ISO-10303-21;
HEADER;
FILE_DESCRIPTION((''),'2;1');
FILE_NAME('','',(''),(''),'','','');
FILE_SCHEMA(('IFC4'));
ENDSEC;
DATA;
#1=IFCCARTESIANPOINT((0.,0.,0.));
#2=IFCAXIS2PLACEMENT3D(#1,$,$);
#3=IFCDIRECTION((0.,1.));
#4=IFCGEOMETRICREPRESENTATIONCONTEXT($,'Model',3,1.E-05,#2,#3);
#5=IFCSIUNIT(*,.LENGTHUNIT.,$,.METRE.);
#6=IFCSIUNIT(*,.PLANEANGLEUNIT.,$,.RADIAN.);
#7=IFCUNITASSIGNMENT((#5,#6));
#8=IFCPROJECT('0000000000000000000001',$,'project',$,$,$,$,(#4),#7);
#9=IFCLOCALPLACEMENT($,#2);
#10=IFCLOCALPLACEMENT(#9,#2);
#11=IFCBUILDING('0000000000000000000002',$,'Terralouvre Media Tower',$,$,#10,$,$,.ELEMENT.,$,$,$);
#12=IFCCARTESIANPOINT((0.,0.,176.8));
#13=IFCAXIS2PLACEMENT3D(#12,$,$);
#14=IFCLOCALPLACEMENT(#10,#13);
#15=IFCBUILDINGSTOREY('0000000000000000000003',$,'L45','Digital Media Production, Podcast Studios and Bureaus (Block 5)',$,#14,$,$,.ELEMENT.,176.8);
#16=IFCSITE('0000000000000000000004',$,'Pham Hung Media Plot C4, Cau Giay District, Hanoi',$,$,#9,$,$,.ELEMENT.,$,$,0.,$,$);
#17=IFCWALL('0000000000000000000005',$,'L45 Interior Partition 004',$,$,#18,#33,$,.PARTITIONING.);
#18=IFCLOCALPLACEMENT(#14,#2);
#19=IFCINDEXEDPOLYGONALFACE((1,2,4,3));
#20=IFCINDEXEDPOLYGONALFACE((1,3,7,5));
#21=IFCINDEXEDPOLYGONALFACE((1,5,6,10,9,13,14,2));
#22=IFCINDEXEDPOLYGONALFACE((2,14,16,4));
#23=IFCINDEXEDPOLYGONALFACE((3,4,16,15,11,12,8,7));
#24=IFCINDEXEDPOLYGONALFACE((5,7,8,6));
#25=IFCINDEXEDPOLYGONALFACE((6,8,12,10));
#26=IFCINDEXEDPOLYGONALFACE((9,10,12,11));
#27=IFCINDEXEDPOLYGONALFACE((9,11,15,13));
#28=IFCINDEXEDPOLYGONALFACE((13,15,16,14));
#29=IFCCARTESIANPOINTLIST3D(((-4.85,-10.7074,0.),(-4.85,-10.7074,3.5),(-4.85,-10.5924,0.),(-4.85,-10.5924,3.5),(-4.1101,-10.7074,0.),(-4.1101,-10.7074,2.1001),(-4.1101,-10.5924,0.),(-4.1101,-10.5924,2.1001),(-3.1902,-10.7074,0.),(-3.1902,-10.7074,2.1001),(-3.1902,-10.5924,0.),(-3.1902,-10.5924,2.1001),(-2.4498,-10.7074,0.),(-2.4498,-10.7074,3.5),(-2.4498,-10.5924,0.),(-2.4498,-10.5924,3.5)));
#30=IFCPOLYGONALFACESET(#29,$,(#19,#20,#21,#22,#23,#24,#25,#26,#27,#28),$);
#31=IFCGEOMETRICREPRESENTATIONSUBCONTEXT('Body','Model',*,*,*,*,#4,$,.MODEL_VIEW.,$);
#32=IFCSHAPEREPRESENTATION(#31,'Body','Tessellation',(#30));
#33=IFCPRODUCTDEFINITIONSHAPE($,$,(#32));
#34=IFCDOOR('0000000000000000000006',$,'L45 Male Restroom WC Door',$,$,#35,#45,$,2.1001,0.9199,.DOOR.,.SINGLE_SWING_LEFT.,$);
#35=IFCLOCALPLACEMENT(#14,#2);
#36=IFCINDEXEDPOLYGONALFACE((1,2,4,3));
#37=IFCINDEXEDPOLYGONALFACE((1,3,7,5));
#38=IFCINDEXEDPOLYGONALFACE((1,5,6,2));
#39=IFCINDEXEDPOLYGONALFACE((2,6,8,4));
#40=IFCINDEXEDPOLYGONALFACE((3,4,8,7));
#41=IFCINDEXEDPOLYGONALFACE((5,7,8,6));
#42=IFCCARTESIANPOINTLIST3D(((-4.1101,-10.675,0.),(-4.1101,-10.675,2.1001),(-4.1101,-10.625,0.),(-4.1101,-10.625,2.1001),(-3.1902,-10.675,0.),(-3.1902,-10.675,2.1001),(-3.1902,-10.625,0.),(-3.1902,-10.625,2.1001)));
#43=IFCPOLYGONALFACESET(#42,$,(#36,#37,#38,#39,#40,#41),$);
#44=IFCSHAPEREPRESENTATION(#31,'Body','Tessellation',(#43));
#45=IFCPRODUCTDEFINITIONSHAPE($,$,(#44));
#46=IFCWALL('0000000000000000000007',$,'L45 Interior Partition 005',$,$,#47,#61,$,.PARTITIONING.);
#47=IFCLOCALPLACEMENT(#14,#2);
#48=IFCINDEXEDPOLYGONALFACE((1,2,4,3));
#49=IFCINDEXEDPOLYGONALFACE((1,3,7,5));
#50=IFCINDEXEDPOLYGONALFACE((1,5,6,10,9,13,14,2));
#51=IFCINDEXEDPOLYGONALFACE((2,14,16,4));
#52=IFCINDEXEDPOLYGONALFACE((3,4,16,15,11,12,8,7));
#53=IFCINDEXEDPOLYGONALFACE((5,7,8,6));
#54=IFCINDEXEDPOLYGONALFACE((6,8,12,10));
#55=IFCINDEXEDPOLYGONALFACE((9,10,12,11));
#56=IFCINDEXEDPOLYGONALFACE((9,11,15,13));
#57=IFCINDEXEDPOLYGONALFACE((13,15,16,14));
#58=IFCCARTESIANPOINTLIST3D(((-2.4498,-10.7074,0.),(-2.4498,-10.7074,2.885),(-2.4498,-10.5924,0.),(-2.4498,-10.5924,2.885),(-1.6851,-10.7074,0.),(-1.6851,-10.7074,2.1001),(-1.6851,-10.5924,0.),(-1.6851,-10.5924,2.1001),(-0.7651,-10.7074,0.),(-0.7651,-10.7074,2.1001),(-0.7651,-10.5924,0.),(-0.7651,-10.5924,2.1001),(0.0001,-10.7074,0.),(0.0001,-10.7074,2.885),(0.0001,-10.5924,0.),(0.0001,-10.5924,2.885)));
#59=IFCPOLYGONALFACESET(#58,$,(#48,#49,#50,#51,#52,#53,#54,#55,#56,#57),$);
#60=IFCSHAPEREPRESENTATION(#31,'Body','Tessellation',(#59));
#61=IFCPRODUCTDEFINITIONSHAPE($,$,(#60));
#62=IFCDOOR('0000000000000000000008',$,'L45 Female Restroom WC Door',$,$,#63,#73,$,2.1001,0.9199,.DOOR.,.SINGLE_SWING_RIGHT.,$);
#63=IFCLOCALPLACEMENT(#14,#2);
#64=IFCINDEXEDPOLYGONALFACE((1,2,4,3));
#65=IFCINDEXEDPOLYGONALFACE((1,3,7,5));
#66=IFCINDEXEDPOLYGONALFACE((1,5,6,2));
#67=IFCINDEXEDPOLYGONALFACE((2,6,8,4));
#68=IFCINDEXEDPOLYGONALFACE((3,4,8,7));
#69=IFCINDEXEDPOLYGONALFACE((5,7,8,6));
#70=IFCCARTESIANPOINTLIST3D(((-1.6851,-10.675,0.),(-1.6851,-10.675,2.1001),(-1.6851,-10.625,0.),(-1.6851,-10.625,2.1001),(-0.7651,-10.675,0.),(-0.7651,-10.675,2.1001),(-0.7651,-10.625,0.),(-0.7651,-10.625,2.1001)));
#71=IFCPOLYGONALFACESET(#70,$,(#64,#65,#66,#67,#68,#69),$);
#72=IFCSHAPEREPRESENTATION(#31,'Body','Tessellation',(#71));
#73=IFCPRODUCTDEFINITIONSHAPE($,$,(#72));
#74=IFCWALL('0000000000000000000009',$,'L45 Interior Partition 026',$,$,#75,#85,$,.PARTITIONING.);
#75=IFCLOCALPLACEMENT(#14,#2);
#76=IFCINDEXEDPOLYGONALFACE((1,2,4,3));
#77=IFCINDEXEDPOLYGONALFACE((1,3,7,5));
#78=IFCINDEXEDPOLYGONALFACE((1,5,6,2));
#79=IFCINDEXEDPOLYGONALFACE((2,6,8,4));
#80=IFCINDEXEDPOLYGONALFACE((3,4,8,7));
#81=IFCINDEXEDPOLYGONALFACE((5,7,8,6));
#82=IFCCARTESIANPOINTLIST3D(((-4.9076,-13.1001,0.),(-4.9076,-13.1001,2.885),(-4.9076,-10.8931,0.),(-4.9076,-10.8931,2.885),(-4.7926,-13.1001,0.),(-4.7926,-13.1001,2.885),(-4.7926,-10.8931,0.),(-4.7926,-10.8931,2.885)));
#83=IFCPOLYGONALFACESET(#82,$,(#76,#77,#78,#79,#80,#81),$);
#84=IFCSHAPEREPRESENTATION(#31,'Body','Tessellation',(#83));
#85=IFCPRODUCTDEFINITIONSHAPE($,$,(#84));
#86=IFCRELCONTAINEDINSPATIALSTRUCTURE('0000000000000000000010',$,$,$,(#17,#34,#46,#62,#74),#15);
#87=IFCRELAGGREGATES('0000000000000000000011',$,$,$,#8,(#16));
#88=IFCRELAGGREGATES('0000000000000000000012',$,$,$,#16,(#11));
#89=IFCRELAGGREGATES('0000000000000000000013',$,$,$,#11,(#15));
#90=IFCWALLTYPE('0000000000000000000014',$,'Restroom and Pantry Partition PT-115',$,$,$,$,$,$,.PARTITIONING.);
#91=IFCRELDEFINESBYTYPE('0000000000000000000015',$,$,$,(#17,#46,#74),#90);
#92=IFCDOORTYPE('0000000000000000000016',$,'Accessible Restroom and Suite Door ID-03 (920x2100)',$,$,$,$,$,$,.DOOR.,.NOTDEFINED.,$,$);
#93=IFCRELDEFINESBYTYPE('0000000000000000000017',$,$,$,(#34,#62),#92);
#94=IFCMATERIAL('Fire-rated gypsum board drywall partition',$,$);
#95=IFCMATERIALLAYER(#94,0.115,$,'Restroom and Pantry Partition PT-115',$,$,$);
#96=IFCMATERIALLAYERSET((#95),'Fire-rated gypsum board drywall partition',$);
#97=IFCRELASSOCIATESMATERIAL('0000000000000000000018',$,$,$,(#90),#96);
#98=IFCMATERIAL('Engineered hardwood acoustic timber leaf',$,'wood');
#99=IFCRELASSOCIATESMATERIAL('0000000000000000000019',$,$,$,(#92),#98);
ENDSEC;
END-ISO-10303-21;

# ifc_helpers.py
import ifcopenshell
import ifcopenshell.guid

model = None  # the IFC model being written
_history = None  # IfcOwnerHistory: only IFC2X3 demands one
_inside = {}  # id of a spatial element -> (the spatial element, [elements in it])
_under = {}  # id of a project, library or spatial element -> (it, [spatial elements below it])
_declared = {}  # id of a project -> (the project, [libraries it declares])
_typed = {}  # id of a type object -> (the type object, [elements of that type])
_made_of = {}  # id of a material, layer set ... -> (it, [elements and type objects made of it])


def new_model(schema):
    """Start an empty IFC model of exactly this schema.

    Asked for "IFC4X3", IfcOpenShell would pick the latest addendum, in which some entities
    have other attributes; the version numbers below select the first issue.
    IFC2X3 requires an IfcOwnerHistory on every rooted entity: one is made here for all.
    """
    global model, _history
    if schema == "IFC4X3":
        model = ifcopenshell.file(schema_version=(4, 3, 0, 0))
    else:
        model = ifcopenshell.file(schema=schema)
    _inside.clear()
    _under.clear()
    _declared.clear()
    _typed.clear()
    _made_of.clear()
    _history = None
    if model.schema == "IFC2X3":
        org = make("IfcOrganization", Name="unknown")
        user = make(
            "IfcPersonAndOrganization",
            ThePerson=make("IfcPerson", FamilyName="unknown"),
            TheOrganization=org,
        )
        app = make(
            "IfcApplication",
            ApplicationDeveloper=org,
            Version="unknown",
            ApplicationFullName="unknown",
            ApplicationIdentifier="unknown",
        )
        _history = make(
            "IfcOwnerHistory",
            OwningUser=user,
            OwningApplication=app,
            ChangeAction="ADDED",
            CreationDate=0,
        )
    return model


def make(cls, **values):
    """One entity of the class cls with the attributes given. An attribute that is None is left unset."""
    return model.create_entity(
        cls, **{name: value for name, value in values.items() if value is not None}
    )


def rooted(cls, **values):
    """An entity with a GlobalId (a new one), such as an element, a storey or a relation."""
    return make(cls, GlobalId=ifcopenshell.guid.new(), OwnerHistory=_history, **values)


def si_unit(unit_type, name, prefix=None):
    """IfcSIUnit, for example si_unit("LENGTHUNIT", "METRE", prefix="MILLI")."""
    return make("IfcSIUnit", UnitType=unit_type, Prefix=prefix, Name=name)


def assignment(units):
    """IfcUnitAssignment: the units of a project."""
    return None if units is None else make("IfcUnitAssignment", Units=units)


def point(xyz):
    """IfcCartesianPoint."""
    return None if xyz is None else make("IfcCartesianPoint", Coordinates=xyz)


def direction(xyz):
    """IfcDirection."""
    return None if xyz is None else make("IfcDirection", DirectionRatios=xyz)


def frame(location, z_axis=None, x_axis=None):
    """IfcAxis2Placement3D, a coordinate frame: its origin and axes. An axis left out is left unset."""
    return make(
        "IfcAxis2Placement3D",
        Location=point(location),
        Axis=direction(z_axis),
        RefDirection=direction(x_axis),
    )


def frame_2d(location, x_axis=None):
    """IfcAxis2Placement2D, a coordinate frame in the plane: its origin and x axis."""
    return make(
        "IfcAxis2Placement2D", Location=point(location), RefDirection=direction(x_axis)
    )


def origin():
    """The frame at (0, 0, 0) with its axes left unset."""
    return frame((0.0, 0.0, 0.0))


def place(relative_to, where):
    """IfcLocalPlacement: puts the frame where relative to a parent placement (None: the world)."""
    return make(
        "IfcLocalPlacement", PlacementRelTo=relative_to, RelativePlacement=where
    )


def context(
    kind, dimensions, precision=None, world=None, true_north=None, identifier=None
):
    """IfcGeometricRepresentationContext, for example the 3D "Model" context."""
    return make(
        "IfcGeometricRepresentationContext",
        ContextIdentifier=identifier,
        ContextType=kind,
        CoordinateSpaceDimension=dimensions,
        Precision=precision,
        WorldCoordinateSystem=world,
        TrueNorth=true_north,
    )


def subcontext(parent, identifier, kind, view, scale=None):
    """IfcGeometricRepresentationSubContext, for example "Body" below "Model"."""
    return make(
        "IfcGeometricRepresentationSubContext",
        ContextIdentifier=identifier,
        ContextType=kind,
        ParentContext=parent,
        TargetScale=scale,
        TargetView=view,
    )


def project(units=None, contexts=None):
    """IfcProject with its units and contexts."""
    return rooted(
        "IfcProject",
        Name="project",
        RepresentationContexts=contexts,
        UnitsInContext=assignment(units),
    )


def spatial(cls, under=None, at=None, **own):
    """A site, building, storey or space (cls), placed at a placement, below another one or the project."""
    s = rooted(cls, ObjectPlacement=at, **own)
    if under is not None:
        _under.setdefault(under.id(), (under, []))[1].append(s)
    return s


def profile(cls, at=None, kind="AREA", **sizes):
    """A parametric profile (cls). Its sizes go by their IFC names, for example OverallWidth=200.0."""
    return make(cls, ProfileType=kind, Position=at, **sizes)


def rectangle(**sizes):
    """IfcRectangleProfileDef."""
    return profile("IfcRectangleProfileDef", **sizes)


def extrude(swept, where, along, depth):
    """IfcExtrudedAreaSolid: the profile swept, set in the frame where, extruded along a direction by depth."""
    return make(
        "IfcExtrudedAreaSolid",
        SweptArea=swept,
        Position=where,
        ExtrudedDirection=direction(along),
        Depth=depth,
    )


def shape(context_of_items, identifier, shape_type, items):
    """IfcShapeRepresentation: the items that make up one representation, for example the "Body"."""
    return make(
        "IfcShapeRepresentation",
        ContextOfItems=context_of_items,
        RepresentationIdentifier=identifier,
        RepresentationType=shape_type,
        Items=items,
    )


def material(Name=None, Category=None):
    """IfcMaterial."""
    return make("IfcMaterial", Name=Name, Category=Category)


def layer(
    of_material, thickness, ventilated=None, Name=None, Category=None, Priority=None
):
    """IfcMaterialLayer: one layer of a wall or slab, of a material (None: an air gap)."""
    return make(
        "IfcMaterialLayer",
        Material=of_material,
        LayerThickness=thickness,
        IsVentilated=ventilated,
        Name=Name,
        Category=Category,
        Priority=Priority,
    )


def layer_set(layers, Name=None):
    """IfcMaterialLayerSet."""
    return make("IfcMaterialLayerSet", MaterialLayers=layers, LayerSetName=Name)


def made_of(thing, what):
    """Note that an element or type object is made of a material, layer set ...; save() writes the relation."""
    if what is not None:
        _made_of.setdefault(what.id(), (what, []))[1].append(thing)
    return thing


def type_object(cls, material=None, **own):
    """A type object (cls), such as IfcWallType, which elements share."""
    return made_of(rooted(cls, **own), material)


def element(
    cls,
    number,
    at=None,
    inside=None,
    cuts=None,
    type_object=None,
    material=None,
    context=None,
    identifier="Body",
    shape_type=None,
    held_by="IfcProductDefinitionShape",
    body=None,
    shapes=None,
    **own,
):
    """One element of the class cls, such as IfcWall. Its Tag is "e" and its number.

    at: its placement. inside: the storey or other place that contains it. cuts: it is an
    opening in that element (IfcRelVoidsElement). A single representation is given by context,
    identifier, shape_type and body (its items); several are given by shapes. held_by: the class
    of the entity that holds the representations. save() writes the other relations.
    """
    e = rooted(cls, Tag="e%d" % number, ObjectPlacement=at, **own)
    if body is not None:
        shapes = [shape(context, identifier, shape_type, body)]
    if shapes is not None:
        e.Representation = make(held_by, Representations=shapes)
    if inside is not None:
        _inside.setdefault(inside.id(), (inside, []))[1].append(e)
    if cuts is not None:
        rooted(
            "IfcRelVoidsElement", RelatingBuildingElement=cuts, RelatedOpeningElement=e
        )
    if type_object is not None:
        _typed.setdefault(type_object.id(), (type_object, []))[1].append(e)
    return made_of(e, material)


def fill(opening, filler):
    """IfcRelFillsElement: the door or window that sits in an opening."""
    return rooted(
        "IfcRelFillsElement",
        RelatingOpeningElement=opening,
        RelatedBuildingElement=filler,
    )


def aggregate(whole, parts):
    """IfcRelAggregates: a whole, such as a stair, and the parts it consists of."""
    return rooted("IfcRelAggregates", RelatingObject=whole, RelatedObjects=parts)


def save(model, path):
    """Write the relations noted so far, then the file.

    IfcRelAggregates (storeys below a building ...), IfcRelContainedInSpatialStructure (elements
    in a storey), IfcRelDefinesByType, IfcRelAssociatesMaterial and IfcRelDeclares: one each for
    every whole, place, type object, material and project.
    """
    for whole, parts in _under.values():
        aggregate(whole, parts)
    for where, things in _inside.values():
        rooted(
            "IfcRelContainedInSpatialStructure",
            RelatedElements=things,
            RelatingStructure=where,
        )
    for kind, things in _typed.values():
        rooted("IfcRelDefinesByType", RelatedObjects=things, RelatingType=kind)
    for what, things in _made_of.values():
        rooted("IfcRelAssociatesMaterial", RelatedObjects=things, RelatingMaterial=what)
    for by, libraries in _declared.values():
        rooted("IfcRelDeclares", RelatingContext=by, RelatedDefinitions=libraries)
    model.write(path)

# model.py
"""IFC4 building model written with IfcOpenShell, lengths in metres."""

from ifc_helpers import new_model, si_unit, direction, frame, frame_2d, origin, place, context, subcontext, project, spatial, rectangle, extrude, material, layer, layer_set, type_object, element, fill, save


model = new_model("IFC4")

# Units and contexts
model_context = context("Model", 3, precision=1e-05, world=origin(), true_north=direction((0.0, 1.0)))
body_context = subcontext(model_context, "Body", "Model", "MODEL_VIEW")
ifc_project = project(units=[si_unit("LENGTHUNIT", "METRE"), si_unit("PLANEANGLEUNIT", "RADIAN")], contexts=[model_context])

# Site, building, storey
site_placement = place(None, origin())
site = spatial("IfcSite", under=ifc_project, at=site_placement, Name="Pham Hung Media Plot C4, Cau Giay District, Hanoi", CompositionType="ELEMENT", RefElevation=0.0)
building_placement = place(site_placement, origin())
building = spatial("IfcBuilding", under=site, at=building_placement, Name="Terralouvre Media Tower", CompositionType="ELEMENT")
storey_placement = place(building_placement, frame((0.0, 0.0, 176.8)))
storey = spatial("IfcBuildingStorey", under=building, at=storey_placement, Name="L45", Description="Digital Media Production, Podcast Studios and Bureaus (Block 5)", CompositionType="ELEMENT", Elevation=176.8)

# Walls, openings, doors
ifc_material_1 = material(Name="Fire-rated gypsum board drywall partition")
ifc_layer_1 = layer(ifc_material_1, 0.115, Name="Restroom and Pantry Partition PT-115")
ifc_layer_set_1 = layer_set([ifc_layer_1], Name="Fire-rated gypsum board drywall partition")
wall_type_1 = type_object("IfcWallType", Name="Restroom and Pantry Partition PT-115", PredefinedType="PARTITIONING", material=ifc_layer_set_1)
wall_1_placement = place(storey_placement, frame((-4.8501, -10.6499, 0.0), z_axis=(0.0, 0.0, 1.0), x_axis=(1.0, 0.0, 0.0)))
wall_1 = element("IfcWall", 1, at=wall_1_placement, inside=storey, type_object=wall_type_1, Name="L45 Interior Partition 004", PredefinedType="PARTITIONING", context=body_context, shape_type="SweptSolid", body=[
    extrude(rectangle(XDim=2.4001, YDim=0.115, at=frame_2d((1.2002, 0.0))), origin(), (0.0, 0.0, 1.0), 3.5),
])
opening_1_placement = place(wall_1_placement, frame((0.74, 0.0, 0.0)))
opening_1 = element("IfcOpeningElement", 2, at=opening_1_placement, cuts=wall_1, PredefinedType="OPENING", context=body_context, shape_type="SweptSolid", body=[
    extrude(rectangle(XDim=0.9199, YDim=2.1001, at=frame_2d((0.46, 1.05))), frame((0.0, 0.0674, 0.0), z_axis=(0.0, -1.0, 0.0), x_axis=(1.0, 0.0, 0.0)), (0.0, 0.0, 1.0), 0.135),
])
ifc_material_2 = material(Name="Engineered hardwood acoustic timber leaf", Category="wood")
door_type_1 = type_object("IfcDoorType", Name="Accessible Restroom and Suite Door ID-03 (920x2100)", OperationType="NOTDEFINED", PredefinedType="DOOR", material=ifc_material_2)
door_1_placement = place(opening_1_placement, origin())
door_1 = element("IfcDoor", 3, at=door_1_placement, inside=storey, type_object=door_type_1, Name="L45 Male Restroom WC Door", OperationType="SINGLE_SWING_LEFT", OverallHeight=2.1001, OverallWidth=0.9199, PredefinedType="DOOR", context=body_context, shape_type="SweptSolid", body=[
    extrude(rectangle(XDim=0.9199, YDim=2.1001, at=frame_2d((0.46, 1.05))), frame((0.0, 0.0249, 0.0), z_axis=(0.0, -1.0, 0.0), x_axis=(1.0, 0.0, 0.0)), (0.0, 0.0, 1.0), 0.05),
])
fill(opening_1, door_1)
wall_2_placement = place(storey_placement, frame((-2.45, -10.6499, 0.0), z_axis=(0.0, 0.0, 1.0), x_axis=(1.0, 0.0, 0.0)))
wall_2 = element("IfcWall", 4, at=wall_2_placement, inside=storey, type_object=wall_type_1, Name="L45 Interior Partition 005", PredefinedType="PARTITIONING", context=body_context, shape_type="SweptSolid", body=[
    extrude(rectangle(XDim=2.45, YDim=0.115, at=frame_2d((1.2251, 0.0))), origin(), (0.0, 0.0, 1.0), 2.885),
])
opening_2_placement = place(wall_2_placement, frame((0.7649, 0.0, 0.0)))
opening_2 = element("IfcOpeningElement", 5, at=opening_2_placement, cuts=wall_2, PredefinedType="OPENING", context=body_context, shape_type="SweptSolid", body=[
    extrude(rectangle(XDim=0.9199, YDim=2.1001, at=frame_2d((0.46, 1.05))), frame((0.0, 0.0674, 0.0), z_axis=(0.0, -1.0, 0.0), x_axis=(1.0, 0.0, 0.0)), (0.0, 0.0, 1.0), 0.135),
])
door_2_placement = place(opening_2_placement, origin())
door_2 = element("IfcDoor", 6, at=door_2_placement, inside=storey, type_object=door_type_1, Name="L45 Female Restroom WC Door", OperationType="SINGLE_SWING_RIGHT", OverallHeight=2.1001, OverallWidth=0.9199, PredefinedType="DOOR", context=body_context, shape_type="SweptSolid", body=[
    extrude(rectangle(XDim=0.9199, YDim=2.1001, at=frame_2d((0.46, 1.05))), frame((0.0, 0.0249, 0.0), z_axis=(0.0, -1.0, 0.0), x_axis=(1.0, 0.0, 0.0)), (0.0, 0.0, 1.0), 0.05),
])
fill(opening_2, door_2)

# Wall
wall_3_placement = place(storey_placement, frame((-4.8501, -10.8931, 0.0), z_axis=(0.0, 0.0, 1.0), x_axis=(0.0, -1.0, 0.0)))
element("IfcWall", 7, at=wall_3_placement, inside=storey, type_object=wall_type_1, Name="L45 Interior Partition 026", PredefinedType="PARTITIONING", context=body_context, shape_type="SweptSolid", body=[
    extrude(rectangle(XDim=2.207, YDim=0.115, at=frame_2d((1.1035, 0.0))), origin(), (0.0, 0.0, 1.0), 2.885),
])

save(model, "model.ifc")
